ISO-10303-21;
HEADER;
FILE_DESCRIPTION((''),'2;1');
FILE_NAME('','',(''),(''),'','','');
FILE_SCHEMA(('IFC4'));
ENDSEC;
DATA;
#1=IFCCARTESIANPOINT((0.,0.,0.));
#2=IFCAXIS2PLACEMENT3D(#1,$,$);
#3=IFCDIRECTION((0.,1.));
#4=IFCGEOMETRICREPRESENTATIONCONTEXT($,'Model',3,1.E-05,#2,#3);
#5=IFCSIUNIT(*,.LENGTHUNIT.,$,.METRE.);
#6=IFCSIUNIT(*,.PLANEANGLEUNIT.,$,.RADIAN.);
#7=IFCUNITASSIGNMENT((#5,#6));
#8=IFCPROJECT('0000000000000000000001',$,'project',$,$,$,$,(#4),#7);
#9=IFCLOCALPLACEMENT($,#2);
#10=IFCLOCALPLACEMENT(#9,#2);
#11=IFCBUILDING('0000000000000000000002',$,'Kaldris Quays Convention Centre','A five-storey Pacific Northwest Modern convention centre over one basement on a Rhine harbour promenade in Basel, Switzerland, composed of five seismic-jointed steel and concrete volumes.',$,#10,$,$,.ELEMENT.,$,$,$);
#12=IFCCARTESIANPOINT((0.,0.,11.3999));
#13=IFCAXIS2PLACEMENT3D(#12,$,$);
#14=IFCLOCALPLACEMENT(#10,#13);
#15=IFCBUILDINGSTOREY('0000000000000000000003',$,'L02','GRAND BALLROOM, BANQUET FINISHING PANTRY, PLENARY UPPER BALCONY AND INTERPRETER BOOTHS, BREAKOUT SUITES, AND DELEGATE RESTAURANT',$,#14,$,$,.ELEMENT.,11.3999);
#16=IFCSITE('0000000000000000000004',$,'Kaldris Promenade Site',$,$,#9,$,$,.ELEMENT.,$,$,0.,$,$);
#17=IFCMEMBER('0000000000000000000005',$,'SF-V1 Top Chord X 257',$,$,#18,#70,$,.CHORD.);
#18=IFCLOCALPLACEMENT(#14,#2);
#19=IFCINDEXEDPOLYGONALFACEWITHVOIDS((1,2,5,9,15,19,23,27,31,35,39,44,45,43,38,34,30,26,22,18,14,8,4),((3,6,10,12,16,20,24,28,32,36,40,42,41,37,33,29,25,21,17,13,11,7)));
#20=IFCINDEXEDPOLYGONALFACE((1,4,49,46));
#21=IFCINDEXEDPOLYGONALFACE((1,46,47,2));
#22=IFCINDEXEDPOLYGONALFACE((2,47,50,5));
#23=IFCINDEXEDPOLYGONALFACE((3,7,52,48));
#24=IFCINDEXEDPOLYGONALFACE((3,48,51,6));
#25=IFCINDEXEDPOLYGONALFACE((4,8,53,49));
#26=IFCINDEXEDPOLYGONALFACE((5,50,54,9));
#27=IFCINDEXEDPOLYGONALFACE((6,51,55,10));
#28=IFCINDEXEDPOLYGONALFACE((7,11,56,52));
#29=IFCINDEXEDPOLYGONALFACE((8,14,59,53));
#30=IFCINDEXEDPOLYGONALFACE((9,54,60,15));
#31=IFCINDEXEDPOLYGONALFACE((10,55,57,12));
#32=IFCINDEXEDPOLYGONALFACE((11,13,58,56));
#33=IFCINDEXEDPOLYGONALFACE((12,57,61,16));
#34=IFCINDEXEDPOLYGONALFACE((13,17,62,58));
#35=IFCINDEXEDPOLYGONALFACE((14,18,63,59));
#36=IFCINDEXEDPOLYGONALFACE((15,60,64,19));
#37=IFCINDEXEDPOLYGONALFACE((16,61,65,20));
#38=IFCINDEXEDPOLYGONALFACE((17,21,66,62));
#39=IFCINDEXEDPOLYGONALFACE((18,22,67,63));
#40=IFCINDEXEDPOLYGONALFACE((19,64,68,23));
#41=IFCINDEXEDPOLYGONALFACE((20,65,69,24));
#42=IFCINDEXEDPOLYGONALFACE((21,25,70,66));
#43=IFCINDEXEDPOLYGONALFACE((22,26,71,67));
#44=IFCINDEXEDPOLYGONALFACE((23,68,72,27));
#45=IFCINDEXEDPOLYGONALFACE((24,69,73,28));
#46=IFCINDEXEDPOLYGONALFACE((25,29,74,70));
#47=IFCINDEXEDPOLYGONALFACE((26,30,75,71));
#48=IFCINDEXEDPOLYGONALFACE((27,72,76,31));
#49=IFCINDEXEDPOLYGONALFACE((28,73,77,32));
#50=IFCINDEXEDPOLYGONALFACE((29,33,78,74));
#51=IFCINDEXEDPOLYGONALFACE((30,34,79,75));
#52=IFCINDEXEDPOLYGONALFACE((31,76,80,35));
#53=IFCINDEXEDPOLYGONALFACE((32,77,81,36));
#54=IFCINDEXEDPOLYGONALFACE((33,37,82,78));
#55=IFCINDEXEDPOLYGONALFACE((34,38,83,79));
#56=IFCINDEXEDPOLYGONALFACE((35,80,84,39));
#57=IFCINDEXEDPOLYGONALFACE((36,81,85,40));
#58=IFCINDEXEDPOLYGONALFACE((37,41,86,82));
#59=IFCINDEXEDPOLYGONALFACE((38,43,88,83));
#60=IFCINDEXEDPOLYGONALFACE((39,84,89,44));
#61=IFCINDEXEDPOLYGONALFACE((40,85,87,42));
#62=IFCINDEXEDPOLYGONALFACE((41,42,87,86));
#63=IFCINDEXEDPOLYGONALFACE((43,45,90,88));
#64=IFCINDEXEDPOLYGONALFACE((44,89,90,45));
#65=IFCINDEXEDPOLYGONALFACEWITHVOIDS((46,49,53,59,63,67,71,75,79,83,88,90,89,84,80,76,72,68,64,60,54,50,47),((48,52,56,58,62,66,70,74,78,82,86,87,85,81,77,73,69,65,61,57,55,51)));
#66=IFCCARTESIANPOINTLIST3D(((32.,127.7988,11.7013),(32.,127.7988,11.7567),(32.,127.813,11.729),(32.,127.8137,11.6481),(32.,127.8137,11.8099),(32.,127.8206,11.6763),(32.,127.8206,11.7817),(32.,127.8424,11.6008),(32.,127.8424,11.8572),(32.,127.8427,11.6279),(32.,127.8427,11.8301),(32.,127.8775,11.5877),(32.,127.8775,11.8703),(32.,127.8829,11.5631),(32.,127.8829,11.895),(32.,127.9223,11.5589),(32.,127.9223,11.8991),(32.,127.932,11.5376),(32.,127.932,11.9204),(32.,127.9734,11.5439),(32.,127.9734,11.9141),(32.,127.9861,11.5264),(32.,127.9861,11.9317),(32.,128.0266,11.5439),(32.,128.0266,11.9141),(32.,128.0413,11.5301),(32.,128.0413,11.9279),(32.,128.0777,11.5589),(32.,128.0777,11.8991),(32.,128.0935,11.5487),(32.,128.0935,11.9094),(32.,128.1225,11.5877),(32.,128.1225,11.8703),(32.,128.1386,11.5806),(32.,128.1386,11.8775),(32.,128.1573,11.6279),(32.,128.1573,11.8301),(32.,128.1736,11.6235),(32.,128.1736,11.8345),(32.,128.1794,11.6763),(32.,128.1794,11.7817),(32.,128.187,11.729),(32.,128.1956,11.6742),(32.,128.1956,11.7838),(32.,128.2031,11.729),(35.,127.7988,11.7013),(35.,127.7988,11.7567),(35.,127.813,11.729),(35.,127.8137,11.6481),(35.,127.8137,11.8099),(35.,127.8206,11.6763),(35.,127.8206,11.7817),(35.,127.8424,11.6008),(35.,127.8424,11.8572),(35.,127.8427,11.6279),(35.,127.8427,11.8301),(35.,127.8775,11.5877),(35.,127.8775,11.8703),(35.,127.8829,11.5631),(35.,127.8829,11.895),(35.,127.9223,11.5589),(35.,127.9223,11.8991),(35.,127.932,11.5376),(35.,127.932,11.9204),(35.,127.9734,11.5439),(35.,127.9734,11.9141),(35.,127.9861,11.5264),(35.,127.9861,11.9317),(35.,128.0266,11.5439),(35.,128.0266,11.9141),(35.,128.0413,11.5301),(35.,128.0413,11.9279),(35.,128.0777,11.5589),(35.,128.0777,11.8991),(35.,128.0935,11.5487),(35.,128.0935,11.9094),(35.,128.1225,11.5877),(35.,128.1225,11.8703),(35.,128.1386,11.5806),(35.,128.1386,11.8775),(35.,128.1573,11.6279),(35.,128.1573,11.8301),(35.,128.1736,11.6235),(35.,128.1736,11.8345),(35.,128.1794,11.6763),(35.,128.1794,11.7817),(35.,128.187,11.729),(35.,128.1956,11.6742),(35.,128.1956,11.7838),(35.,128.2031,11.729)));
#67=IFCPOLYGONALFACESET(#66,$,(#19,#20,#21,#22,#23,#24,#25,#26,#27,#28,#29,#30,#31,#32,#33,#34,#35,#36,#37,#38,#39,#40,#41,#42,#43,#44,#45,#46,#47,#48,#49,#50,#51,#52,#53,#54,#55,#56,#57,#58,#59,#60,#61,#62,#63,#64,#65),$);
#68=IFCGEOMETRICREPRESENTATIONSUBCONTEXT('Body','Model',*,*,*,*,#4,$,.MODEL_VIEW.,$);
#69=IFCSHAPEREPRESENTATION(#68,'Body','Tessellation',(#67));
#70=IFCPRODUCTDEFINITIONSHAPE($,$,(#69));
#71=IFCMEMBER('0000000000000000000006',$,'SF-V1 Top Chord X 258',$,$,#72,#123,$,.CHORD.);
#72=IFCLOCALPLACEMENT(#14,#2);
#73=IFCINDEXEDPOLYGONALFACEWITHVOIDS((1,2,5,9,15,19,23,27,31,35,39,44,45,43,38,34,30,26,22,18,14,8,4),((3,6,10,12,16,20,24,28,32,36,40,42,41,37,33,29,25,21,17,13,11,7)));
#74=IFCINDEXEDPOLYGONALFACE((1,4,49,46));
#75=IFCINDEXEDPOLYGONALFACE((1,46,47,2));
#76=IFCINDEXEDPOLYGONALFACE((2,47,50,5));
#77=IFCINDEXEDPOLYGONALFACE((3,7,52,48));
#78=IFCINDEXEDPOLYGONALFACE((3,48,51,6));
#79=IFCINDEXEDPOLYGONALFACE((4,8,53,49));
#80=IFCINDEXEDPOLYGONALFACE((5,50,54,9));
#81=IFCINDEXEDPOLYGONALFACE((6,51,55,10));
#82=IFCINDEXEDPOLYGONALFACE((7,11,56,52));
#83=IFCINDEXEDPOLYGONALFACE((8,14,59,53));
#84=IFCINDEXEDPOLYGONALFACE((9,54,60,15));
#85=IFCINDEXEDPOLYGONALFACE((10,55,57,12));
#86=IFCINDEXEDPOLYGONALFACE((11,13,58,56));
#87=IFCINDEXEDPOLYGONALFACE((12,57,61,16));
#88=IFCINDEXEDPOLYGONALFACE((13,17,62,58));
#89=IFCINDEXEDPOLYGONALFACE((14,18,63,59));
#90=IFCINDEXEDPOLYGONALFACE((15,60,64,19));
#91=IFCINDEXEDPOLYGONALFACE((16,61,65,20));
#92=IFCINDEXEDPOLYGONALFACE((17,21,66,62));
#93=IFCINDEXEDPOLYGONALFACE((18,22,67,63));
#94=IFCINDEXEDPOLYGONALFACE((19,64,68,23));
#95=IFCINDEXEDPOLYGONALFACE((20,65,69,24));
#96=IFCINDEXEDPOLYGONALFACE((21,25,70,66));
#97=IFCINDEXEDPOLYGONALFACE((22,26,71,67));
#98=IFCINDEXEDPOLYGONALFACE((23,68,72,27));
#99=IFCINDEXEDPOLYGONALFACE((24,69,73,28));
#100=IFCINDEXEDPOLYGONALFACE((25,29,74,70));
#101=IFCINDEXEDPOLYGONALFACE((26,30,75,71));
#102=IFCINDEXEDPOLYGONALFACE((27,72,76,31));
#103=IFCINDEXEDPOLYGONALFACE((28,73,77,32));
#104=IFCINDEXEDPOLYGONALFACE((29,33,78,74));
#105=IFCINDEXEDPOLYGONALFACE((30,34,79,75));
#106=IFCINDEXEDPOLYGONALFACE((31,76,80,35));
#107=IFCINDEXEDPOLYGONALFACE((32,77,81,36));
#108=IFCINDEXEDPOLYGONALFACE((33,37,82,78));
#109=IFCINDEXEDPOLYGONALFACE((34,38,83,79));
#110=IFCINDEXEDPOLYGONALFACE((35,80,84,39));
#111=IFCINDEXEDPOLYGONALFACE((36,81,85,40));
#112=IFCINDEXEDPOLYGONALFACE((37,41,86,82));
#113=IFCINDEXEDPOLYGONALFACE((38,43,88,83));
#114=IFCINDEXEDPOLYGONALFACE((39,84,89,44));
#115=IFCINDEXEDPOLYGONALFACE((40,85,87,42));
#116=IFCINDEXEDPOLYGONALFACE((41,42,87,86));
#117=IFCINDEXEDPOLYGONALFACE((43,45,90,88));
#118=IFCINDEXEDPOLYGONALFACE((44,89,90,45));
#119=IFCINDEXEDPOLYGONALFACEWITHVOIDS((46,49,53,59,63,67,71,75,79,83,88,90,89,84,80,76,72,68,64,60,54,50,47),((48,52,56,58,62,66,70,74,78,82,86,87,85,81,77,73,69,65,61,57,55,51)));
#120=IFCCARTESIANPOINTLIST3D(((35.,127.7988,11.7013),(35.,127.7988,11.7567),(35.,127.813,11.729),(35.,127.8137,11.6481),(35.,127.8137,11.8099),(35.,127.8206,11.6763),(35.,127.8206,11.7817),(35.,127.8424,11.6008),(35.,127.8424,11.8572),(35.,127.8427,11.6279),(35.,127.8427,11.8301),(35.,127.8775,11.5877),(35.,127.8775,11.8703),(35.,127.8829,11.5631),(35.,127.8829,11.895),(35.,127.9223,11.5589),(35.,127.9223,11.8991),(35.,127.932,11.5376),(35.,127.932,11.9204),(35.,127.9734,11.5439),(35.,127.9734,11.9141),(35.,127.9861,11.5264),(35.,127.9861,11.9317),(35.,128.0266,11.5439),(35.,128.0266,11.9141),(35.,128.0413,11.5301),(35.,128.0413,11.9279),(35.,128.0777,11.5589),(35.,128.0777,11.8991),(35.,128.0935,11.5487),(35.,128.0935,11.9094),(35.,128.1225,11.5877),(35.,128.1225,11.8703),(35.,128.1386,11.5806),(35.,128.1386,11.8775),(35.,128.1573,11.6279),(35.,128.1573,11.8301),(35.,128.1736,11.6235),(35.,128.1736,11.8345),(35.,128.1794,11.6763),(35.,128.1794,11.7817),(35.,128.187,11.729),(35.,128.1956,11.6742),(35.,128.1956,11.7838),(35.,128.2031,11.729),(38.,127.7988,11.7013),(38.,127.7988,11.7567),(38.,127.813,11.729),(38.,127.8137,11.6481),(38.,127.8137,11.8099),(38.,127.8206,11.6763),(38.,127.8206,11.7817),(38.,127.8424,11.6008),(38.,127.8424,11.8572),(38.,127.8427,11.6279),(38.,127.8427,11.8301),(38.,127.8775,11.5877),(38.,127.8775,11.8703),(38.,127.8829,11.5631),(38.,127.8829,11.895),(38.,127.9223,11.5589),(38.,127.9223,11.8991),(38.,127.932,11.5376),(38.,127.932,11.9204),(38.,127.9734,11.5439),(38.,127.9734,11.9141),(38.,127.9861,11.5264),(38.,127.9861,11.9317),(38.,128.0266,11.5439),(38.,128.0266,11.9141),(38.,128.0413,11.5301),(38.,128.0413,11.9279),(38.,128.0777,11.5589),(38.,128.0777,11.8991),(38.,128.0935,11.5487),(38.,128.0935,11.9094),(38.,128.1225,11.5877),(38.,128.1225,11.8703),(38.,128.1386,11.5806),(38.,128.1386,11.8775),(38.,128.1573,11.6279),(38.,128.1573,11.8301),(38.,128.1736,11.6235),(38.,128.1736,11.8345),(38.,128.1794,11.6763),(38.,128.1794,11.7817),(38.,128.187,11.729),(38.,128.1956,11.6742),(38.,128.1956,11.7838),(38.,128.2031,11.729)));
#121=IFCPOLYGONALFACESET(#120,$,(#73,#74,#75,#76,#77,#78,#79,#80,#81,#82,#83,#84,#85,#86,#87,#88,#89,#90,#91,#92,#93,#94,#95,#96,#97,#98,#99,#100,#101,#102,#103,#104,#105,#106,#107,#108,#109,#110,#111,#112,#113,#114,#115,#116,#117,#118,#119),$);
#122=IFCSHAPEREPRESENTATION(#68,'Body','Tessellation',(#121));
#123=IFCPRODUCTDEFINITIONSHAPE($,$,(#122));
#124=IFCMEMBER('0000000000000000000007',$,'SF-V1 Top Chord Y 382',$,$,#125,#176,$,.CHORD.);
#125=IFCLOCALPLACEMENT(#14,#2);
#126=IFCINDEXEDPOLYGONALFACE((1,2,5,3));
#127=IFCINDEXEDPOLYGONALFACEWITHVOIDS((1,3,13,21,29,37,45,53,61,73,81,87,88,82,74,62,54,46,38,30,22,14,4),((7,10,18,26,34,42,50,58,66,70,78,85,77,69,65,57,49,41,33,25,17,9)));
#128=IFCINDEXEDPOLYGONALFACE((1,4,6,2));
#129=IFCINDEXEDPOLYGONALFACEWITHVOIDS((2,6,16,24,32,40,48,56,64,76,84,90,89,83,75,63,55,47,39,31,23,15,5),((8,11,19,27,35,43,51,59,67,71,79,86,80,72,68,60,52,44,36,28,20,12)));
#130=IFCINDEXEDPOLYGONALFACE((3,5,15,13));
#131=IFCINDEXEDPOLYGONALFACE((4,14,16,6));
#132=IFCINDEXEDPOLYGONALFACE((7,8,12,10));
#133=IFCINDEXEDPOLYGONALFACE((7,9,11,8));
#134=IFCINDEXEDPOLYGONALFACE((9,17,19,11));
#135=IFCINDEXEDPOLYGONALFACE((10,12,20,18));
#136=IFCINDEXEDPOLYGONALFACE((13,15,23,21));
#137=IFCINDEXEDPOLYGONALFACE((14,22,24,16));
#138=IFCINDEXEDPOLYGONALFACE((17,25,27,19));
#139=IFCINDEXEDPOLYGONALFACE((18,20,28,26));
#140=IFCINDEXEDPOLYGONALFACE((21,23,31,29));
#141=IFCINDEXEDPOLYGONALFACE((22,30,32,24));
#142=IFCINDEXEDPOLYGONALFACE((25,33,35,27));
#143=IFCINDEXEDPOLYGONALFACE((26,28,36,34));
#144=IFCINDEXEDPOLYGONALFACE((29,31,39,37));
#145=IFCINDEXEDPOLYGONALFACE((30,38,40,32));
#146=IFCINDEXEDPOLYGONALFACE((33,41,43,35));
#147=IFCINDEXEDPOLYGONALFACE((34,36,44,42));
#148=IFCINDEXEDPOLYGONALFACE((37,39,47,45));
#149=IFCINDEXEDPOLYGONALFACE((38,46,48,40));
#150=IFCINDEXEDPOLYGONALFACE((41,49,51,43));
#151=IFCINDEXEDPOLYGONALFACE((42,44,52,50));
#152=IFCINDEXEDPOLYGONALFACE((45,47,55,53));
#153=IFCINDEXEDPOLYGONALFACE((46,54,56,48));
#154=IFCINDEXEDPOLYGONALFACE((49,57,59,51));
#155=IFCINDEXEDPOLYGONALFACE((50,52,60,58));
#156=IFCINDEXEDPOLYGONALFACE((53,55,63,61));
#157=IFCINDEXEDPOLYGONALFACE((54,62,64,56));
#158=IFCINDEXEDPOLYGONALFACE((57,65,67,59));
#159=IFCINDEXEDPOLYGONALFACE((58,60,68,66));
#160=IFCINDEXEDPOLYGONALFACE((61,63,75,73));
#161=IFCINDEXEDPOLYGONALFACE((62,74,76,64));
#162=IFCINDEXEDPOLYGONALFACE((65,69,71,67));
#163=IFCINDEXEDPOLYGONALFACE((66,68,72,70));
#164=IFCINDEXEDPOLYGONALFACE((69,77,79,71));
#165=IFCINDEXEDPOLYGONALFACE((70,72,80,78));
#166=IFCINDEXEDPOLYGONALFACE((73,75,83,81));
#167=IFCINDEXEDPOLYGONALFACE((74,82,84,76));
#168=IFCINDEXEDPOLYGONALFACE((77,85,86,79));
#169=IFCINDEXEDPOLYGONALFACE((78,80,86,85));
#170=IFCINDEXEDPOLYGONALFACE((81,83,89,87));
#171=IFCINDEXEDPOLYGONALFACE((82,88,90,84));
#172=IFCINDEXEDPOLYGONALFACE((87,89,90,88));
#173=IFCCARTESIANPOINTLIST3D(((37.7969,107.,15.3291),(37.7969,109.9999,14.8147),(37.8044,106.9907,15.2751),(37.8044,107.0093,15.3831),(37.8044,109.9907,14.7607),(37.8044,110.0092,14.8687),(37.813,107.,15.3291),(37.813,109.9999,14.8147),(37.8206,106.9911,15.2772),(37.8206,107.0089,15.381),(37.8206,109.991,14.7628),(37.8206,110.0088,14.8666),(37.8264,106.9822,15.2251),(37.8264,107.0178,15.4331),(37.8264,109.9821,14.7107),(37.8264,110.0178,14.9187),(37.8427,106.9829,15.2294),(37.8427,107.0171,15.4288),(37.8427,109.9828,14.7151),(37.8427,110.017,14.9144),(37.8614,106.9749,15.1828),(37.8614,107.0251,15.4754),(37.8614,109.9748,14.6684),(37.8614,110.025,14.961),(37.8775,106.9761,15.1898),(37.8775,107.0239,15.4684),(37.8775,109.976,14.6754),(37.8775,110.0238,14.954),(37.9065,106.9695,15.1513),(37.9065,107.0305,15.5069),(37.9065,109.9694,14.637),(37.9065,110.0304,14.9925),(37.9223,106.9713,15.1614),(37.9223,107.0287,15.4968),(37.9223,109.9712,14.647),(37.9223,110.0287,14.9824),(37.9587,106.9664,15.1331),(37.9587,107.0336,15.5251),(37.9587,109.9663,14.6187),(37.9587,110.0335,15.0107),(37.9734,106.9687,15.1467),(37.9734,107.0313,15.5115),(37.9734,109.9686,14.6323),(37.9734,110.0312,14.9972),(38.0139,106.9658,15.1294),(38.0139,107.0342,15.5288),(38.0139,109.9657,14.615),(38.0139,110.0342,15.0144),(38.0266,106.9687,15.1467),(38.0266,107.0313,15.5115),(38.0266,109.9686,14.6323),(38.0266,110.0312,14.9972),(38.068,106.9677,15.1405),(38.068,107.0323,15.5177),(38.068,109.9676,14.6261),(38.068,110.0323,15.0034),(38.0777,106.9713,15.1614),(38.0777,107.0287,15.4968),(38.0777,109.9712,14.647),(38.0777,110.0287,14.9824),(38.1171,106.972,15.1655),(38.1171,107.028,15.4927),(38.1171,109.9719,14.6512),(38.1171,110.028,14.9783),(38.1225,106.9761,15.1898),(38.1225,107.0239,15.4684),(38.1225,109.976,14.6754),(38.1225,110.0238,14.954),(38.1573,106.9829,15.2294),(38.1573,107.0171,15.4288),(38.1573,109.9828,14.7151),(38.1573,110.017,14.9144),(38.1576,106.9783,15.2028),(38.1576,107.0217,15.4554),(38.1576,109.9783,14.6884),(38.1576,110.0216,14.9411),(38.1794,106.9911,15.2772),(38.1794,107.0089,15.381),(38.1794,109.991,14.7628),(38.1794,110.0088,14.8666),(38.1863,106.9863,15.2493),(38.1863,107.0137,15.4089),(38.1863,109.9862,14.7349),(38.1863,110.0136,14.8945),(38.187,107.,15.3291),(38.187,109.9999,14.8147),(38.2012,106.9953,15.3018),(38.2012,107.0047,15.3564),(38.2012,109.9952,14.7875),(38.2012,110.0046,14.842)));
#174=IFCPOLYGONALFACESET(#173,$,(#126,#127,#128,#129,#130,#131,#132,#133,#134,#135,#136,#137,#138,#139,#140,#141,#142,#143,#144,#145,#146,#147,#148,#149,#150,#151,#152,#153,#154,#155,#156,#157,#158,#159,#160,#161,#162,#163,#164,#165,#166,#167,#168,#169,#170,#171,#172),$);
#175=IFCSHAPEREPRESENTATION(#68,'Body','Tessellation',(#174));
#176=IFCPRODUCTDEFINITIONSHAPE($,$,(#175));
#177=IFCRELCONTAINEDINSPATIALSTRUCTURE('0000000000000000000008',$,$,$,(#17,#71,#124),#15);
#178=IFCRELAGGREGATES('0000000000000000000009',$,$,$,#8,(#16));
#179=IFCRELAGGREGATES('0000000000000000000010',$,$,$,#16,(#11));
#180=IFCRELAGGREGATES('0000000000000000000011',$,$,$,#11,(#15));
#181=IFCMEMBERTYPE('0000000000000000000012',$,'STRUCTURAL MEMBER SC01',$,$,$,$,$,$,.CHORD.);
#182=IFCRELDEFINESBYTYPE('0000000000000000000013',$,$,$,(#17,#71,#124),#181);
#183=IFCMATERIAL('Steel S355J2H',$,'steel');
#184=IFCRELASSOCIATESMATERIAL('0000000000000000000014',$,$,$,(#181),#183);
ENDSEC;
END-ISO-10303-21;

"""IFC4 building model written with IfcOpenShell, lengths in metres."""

from ifc_helpers import new_model, si_unit, direction, frame, origin, origin_2d, place, context, subcontext, project, spatial, hollow_circle, extrude, material, material_profile, profile_set, type_object, element, save


model = new_model("IFC4")

# Units and contexts
model_context = context("Model", 3, precision=1e-05, world=origin(), true_north=direction((0.0, 1.0)))
body_context = subcontext(model_context, "Body", "Model", "MODEL_VIEW")
ifc_project = project(units=[si_unit("LENGTHUNIT", "METRE"), si_unit("PLANEANGLEUNIT", "RADIAN")], contexts=[model_context])

# Site, building, storey
site_placement = place(None, origin())
site = spatial("IfcSite", under=ifc_project, at=site_placement, Name="Kaldris Promenade Site", CompositionType="ELEMENT", RefElevation=0.0)
building_placement = place(site_placement, origin())
building = spatial("IfcBuilding", under=site, at=building_placement, Name="Kaldris Quays Convention Centre", Description="A five-storey Pacific Northwest Modern convention centre over one basement on a Rhine harbour promenade in Basel, Switzerland, composed of five seismic-jointed steel and concrete volumes.", CompositionType="ELEMENT")
storey_placement = place(building_placement, frame((0.0, 0.0, 11.3999)))
storey = spatial("IfcBuildingStorey", under=building, at=storey_placement, Name="L02", Description="GRAND BALLROOM, BANQUET FINISHING PANTRY, PLENARY UPPER BALCONY AND INTERPRETER BOOTHS, BREAKOUT SUITES, AND DELEGATE RESTAURANT", CompositionType="ELEMENT", Elevation=11.3999)

# Members
ifc_material_1 = material(Name="Steel S355J2H", Category="steel")
ifc_material_profile_1 = material_profile(ifc_material_1, hollow_circle(Radius=0.2031, WallThickness=0.0161, at=origin_2d()), Name="CHS 406.4x16")
ifc_profile_set_1 = profile_set([ifc_material_profile_1], Name="Steel S355J2H")
member_type_1 = type_object("IfcMemberType", Name="STRUCTURAL MEMBER SC01", PredefinedType="CHORD", material=ifc_profile_set_1)
for number, where, z_axis, x_axis, name in (
    (1, (32.0, 128.0, 11.729), (1.0, 0.0, 0.0), (0.0, 1.0, 0.0), "SF-V1 Top Chord X 257"),
    (2, (35.0, 128.0, 11.729), (1.0, 0.0, 0.0), (0.0, 1.0, 0.0), "SF-V1 Top Chord X 258"),
):
    element("IfcMember", number, at=place(storey_placement, frame(where, z_axis=z_axis, x_axis=x_axis)), inside=storey, type_object=member_type_1, Name=name, PredefinedType="CHORD", context=body_context, shape_type="SweptSolid", body=[
        extrude(hollow_circle(Radius=0.2031, WallThickness=0.0161, at=origin_2d()), origin(), (0.0, 0.0, 1.0), 3.0),
    ])
for number, where, z_axis, x_axis, name in (
    (3, (38.0, 107.0, 15.3291), (0.0, 0.985616, -0.169002), (-1.0, 0.0, 0.0), "SF-V1 Top Chord Y 382"),
):
    element("IfcMember", number, at=place(storey_placement, frame(where, z_axis=z_axis, x_axis=x_axis)), inside=storey, type_object=member_type_1, Name=name, PredefinedType="CHORD", context=body_context, shape_type="SweptSolid", body=[
        extrude(hollow_circle(Radius=0.2031, WallThickness=0.0161, at=origin_2d()), origin(), (0.0, 0.0, 1.0), 3.0437),
    ])

save(model, "model.ifc")
